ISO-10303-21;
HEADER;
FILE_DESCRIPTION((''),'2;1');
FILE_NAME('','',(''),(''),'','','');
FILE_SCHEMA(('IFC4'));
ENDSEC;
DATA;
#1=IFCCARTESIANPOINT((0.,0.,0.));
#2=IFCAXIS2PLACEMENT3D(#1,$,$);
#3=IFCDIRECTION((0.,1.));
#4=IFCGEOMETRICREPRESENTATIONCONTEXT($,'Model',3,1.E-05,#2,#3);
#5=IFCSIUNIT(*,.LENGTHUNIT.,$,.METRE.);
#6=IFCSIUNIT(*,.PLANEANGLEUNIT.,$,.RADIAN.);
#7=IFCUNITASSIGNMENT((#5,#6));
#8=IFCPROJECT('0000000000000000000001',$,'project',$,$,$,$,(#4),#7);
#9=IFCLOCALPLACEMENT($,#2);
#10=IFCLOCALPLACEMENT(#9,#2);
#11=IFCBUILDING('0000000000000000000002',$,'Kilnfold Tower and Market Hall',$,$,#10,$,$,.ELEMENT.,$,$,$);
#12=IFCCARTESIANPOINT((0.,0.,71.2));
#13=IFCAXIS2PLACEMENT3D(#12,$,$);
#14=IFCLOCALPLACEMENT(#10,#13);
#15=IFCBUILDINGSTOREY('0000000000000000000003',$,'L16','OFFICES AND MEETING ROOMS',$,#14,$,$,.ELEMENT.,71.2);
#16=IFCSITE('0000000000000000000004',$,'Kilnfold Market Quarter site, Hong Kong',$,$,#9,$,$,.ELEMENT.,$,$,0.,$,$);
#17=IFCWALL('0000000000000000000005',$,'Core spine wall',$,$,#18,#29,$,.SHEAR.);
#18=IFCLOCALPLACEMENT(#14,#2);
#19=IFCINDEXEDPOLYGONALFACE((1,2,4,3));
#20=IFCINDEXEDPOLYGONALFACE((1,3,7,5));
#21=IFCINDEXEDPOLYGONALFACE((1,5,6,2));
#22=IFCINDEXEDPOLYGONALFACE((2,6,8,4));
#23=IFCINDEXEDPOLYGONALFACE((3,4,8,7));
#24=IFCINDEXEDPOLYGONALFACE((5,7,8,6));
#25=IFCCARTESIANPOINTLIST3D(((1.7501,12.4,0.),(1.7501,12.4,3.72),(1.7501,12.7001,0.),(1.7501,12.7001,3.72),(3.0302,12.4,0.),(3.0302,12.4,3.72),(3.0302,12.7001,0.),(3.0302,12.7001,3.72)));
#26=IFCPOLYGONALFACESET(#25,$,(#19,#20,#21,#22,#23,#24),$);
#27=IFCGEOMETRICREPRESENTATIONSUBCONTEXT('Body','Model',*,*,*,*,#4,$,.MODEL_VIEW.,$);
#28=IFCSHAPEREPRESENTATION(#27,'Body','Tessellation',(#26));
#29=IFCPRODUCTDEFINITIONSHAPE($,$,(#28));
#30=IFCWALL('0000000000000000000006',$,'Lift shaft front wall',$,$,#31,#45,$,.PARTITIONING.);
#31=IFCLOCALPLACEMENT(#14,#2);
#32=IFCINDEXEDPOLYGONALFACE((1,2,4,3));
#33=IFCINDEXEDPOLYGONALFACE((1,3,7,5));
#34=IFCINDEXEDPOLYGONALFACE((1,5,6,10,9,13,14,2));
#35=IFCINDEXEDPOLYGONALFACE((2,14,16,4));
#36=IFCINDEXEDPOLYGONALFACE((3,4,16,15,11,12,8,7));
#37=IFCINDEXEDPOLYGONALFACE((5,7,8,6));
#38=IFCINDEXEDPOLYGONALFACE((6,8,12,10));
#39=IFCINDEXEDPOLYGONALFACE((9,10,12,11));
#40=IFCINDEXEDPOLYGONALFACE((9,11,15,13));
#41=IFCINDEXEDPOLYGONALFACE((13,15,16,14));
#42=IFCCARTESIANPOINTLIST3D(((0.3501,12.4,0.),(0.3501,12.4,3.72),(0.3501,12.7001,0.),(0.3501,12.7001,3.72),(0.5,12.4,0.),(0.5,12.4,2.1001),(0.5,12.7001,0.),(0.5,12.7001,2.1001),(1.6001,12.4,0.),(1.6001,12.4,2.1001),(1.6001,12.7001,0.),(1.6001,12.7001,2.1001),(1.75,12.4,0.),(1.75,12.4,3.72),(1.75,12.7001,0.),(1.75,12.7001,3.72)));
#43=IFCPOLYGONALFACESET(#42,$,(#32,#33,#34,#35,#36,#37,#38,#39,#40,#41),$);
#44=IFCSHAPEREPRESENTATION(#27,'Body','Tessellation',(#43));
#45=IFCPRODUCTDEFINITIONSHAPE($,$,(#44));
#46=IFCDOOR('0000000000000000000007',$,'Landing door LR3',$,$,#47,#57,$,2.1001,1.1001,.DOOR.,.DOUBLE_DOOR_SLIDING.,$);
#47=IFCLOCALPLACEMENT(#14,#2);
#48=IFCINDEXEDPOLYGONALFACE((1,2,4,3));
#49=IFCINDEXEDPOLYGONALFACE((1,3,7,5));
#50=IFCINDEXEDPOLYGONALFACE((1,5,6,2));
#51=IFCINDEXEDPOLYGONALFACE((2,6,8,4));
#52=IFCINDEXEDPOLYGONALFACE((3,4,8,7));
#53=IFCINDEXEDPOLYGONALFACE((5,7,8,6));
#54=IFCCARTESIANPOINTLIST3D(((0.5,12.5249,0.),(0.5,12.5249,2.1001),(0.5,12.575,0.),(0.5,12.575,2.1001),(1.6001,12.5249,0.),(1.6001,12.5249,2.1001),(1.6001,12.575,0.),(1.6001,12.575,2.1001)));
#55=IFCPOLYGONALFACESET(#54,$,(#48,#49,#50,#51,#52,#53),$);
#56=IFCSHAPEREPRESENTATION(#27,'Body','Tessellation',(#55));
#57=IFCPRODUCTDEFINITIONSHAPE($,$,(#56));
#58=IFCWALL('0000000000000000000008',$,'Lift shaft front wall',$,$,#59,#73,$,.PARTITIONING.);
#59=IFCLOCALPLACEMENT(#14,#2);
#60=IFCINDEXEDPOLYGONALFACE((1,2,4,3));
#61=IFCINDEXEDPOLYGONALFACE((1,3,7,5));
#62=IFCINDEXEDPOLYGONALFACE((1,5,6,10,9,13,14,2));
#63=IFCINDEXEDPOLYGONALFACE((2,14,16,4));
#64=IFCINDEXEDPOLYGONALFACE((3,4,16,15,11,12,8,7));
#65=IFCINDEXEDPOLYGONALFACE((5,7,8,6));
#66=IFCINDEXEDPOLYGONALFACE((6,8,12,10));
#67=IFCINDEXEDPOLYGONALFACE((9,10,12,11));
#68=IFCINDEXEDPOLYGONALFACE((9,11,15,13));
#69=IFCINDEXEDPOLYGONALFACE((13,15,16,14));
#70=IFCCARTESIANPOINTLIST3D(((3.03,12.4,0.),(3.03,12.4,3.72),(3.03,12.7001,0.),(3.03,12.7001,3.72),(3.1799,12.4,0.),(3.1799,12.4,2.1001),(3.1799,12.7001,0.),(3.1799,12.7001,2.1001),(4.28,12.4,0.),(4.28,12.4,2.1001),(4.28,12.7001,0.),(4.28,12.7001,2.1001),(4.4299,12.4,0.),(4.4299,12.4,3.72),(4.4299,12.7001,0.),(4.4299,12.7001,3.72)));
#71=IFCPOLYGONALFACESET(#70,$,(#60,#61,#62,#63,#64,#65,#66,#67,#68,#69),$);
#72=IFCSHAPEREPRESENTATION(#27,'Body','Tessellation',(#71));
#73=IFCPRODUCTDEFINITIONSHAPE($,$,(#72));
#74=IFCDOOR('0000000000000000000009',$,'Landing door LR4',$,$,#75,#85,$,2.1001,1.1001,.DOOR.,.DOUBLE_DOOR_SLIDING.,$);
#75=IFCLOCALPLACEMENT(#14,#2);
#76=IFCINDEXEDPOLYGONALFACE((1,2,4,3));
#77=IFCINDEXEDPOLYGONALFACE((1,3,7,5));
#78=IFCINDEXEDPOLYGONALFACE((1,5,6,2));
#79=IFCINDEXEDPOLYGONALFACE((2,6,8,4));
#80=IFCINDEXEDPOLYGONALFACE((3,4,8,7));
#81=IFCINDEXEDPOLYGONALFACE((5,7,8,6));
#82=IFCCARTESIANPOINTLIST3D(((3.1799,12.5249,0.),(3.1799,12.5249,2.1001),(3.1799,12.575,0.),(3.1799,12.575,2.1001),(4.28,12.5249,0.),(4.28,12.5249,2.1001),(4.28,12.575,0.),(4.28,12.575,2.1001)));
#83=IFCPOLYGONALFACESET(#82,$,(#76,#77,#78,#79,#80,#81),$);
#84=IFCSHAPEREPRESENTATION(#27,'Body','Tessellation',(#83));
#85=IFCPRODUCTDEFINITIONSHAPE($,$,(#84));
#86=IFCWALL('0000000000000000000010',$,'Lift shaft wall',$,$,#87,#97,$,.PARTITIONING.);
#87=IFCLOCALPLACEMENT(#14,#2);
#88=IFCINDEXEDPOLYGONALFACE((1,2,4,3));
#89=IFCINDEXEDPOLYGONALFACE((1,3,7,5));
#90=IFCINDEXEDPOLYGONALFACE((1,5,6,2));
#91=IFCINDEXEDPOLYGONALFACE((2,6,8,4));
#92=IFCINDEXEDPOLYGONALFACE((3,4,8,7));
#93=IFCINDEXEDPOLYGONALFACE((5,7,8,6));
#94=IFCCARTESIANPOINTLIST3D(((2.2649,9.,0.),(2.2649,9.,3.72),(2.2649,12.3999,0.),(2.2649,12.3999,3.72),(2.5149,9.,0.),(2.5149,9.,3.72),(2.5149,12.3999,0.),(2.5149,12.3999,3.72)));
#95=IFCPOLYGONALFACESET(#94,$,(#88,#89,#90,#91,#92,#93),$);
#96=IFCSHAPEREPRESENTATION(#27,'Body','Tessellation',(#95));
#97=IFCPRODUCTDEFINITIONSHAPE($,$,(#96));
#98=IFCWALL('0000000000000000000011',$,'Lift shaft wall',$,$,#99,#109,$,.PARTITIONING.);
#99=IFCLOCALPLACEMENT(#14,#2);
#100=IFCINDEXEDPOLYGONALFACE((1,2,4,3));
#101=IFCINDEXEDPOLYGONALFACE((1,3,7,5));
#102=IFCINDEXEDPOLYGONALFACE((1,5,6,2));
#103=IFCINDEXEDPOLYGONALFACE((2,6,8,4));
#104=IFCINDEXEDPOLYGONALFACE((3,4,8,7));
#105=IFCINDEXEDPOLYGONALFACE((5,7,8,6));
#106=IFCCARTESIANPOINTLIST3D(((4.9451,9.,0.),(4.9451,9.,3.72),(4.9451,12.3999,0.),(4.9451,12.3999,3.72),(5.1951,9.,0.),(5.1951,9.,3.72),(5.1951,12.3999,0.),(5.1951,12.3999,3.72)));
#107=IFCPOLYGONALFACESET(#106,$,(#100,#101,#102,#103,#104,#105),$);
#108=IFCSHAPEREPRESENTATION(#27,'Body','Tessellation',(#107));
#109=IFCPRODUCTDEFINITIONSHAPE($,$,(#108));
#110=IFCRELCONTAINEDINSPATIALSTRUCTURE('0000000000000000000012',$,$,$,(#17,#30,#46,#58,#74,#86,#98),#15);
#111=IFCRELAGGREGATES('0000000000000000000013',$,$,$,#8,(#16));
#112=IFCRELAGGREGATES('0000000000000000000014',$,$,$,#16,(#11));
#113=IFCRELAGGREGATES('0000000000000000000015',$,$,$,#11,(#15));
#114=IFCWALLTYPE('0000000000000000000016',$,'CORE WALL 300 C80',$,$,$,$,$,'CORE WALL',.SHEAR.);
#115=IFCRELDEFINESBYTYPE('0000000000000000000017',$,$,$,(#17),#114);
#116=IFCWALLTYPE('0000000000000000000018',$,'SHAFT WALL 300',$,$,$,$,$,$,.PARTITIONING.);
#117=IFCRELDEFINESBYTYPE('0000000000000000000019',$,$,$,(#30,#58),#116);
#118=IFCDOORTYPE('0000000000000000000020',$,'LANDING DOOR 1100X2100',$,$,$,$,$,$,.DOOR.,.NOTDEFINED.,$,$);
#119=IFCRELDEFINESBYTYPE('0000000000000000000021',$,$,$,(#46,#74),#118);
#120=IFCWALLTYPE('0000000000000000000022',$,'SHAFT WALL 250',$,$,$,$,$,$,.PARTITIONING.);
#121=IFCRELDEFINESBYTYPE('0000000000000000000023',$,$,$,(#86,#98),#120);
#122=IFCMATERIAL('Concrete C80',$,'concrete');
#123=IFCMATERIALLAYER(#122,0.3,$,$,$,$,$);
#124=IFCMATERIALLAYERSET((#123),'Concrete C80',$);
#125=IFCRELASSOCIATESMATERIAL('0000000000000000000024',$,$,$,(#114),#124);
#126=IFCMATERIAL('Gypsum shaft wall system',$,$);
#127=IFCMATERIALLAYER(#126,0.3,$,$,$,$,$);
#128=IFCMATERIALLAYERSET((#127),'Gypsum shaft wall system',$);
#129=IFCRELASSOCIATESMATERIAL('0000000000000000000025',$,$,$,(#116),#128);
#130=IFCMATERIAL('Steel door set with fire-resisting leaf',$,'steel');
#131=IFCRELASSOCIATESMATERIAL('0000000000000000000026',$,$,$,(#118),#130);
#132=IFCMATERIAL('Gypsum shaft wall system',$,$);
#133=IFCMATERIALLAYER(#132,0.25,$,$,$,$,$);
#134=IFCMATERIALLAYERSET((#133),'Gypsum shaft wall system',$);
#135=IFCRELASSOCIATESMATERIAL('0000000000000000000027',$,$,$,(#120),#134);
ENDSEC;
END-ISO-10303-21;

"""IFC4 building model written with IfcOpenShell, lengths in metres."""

from ifc_helpers import new_model, si_unit, direction, frame, frame_2d, origin, place, context, subcontext, project, spatial, rectangle, extrude, source, transform, mapped, material, layer, layer_set, type_object, element, fill, save


model = new_model("IFC4")

# Units and contexts
model_context = context("Model", 3, precision=1e-05, world=origin(), true_north=direction((0.0, 1.0)))
body_context = subcontext(model_context, "Body", "Model", "MODEL_VIEW")
ifc_project = project(units=[si_unit("LENGTHUNIT", "METRE"), si_unit("PLANEANGLEUNIT", "RADIAN")], contexts=[model_context])

# Site, building, storey
site_placement = place(None, origin())
site = spatial("IfcSite", under=ifc_project, at=site_placement, Name="Kilnfold Market Quarter site, Hong Kong", CompositionType="ELEMENT", RefElevation=0.0)
building_placement = place(site_placement, origin())
building = spatial("IfcBuilding", under=site, at=building_placement, Name="Kilnfold Tower and Market Hall", CompositionType="ELEMENT")
storey_placement = place(building_placement, frame((0.0, 0.0, 71.2)))
storey = spatial("IfcBuildingStorey", under=building, at=storey_placement, Name="L16", Description="OFFICES AND MEETING ROOMS", CompositionType="ELEMENT", Elevation=71.2)

# Wall
ifc_material_1 = material(Name="Concrete C80", Category="concrete")
ifc_layer_1 = layer(ifc_material_1, 0.3)
ifc_layer_set_1 = layer_set([ifc_layer_1], Name="Concrete C80")
wall_type_1 = type_object("IfcWallType", Name="CORE WALL 300 C80", ElementType="CORE WALL", PredefinedType="SHEAR", material=ifc_layer_set_1)
shared_shape_1 = source(origin(), body_context, "Body", "SweptSolid", [
    extrude(rectangle(XDim=1.28, YDim=0.3, at=frame_2d((0.6401, 0.0))), origin(), (0.0, 0.0, 1.0), 3.72),
])
wall_1_placement = place(storey_placement, frame((1.75, 12.55, 0.0), z_axis=(0.0, 0.0, 1.0), x_axis=(1.0, 0.0, 0.0)))
element("IfcWall", 1, at=wall_1_placement, inside=storey, type_object=wall_type_1, Name="Core spine wall", PredefinedType="SHEAR", context=body_context, shape_type="MappedRepresentation", body=[
    mapped(shared_shape_1, transform((0.0, 0.0, 0.0))),
])

# Walls, openings, doors
ifc_material_2 = material(Name="Gypsum shaft wall system")
ifc_layer_2 = layer(ifc_material_2, 0.3)
ifc_layer_set_2 = layer_set([ifc_layer_2], Name="Gypsum shaft wall system")
wall_type_2 = type_object("IfcWallType", Name="SHAFT WALL 300", PredefinedType="PARTITIONING", material=ifc_layer_set_2)
shared_shape_2 = source(origin(), body_context, "Body", "SweptSolid", [
    extrude(rectangle(XDim=1.3999, YDim=0.3, at=frame_2d((0.7, 0.0))), origin(), (0.0, 0.0, 1.0), 3.72),
])
wall_2_placement = place(storey_placement, frame((0.3501, 12.55, 0.0), z_axis=(0.0, 0.0, 1.0), x_axis=(1.0, 0.0, 0.0)))
wall_2 = element("IfcWall", 2, at=wall_2_placement, inside=storey, type_object=wall_type_2, Name="Lift shaft front wall", PredefinedType="PARTITIONING", context=body_context, shape_type="MappedRepresentation", body=[
    mapped(shared_shape_2, transform((0.0, 0.0, 0.0))),
])
opening_1_placement = place(wall_2_placement, frame((0.1499, 0.0, 0.0)))
opening_1 = element("IfcOpeningElement", 3, at=opening_1_placement, cuts=wall_2, PredefinedType="OPENING", context=body_context, shape_type="SweptSolid", body=[
    extrude(rectangle(XDim=1.1001, YDim=2.1001, at=frame_2d((0.55, 1.05))), frame((0.0, 0.1602, 0.0), z_axis=(0.0, -1.0, 0.0), x_axis=(1.0, 0.0, 0.0)), (0.0, 0.0, 1.0), 0.3201),
])
ifc_material_3 = material(Name="Steel door set with fire-resisting leaf", Category="steel")
door_type_1 = type_object("IfcDoorType", Name="LANDING DOOR 1100X2100", OperationType="NOTDEFINED", PredefinedType="DOOR", material=ifc_material_3)
door_1_placement = place(opening_1_placement, origin())
door_1 = element("IfcDoor", 4, at=door_1_placement, inside=storey, type_object=door_type_1, Name="Landing door LR3", OperationType="DOUBLE_DOOR_SLIDING", OverallHeight=2.1001, OverallWidth=1.1001, PredefinedType="DOOR", context=body_context, shape_type="SweptSolid", body=[
    extrude(rectangle(XDim=1.1001, YDim=2.1001, at=frame_2d((0.55, 1.05))), frame((0.0, 0.0249, 0.0), z_axis=(0.0, -1.0, 0.0), x_axis=(1.0, 0.0, 0.0)), (0.0, 0.0, 1.0), 0.05),
])
fill(opening_1, door_1)
wall_3_placement = place(storey_placement, frame((3.03, 12.55, 0.0), z_axis=(0.0, 0.0, 1.0), x_axis=(1.0, 0.0, 0.0)))
wall_3 = element("IfcWall", 5, at=wall_3_placement, inside=storey, type_object=wall_type_2, Name="Lift shaft front wall", PredefinedType="PARTITIONING", context=body_context, shape_type="MappedRepresentation", body=[
    mapped(shared_shape_2, transform((0.0, 0.0, 0.0))),
])
opening_2_placement = place(wall_3_placement, frame((0.1499, 0.0, 0.0)))
opening_2 = element("IfcOpeningElement", 6, at=opening_2_placement, cuts=wall_3, PredefinedType="OPENING", context=body_context, shape_type="SweptSolid", body=[
    extrude(rectangle(XDim=1.1001, YDim=2.1001, at=frame_2d((0.55, 1.05))), frame((0.0, 0.1602, 0.0), z_axis=(0.0, -1.0, 0.0), x_axis=(1.0, 0.0, 0.0)), (0.0, 0.0, 1.0), 0.3201),
])
door_2_placement = place(opening_2_placement, origin())
door_2 = element("IfcDoor", 7, at=door_2_placement, inside=storey, type_object=door_type_1, Name="Landing door LR4", OperationType="DOUBLE_DOOR_SLIDING", OverallHeight=2.1001, OverallWidth=1.1001, PredefinedType="DOOR", context=body_context, shape_type="SweptSolid", body=[
    extrude(rectangle(XDim=1.1001, YDim=2.1001, at=frame_2d((0.55, 1.05))), frame((0.0, 0.0249, 0.0), z_axis=(0.0, -1.0, 0.0), x_axis=(1.0, 0.0, 0.0)), (0.0, 0.0, 1.0), 0.05),
])
fill(opening_2, door_2)

# Walls
ifc_material_4 = material(Name="Gypsum shaft wall system")
ifc_layer_3 = layer(ifc_material_4, 0.25)
ifc_layer_set_3 = layer_set([ifc_layer_3], Name="Gypsum shaft wall system")
wall_type_3 = type_object("IfcWallType", Name="SHAFT WALL 250", PredefinedType="PARTITIONING", material=ifc_layer_set_3)
shared_shape_3 = source(origin(), body_context, "Body", "SweptSolid", [
    extrude(rectangle(XDim=3.3999, YDim=0.25, at=frame_2d((1.7, 0.0))), origin(), (0.0, 0.0, 1.0), 3.72),
])
for number, where, z_axis, x_axis, name in (
    (8, (2.3899, 9.0, 0.0), (0.0, 0.0, 1.0), (0.0, 1.0, 0.0), "Lift shaft wall"),
    (9, (5.0701, 9.0, 0.0), (0.0, 0.0, 1.0), (0.0, 1.0, 0.0), "Lift shaft wall"),
):
    element("IfcWall", number, at=place(storey_placement, frame(where, z_axis=z_axis, x_axis=x_axis)), inside=storey, type_object=wall_type_3, Name=name, PredefinedType="PARTITIONING", context=body_context, shape_type="MappedRepresentation", body=[
        mapped(shared_shape_3, transform((0.0, 0.0, 0.0))),
    ])

save(model, "model.ifc")
